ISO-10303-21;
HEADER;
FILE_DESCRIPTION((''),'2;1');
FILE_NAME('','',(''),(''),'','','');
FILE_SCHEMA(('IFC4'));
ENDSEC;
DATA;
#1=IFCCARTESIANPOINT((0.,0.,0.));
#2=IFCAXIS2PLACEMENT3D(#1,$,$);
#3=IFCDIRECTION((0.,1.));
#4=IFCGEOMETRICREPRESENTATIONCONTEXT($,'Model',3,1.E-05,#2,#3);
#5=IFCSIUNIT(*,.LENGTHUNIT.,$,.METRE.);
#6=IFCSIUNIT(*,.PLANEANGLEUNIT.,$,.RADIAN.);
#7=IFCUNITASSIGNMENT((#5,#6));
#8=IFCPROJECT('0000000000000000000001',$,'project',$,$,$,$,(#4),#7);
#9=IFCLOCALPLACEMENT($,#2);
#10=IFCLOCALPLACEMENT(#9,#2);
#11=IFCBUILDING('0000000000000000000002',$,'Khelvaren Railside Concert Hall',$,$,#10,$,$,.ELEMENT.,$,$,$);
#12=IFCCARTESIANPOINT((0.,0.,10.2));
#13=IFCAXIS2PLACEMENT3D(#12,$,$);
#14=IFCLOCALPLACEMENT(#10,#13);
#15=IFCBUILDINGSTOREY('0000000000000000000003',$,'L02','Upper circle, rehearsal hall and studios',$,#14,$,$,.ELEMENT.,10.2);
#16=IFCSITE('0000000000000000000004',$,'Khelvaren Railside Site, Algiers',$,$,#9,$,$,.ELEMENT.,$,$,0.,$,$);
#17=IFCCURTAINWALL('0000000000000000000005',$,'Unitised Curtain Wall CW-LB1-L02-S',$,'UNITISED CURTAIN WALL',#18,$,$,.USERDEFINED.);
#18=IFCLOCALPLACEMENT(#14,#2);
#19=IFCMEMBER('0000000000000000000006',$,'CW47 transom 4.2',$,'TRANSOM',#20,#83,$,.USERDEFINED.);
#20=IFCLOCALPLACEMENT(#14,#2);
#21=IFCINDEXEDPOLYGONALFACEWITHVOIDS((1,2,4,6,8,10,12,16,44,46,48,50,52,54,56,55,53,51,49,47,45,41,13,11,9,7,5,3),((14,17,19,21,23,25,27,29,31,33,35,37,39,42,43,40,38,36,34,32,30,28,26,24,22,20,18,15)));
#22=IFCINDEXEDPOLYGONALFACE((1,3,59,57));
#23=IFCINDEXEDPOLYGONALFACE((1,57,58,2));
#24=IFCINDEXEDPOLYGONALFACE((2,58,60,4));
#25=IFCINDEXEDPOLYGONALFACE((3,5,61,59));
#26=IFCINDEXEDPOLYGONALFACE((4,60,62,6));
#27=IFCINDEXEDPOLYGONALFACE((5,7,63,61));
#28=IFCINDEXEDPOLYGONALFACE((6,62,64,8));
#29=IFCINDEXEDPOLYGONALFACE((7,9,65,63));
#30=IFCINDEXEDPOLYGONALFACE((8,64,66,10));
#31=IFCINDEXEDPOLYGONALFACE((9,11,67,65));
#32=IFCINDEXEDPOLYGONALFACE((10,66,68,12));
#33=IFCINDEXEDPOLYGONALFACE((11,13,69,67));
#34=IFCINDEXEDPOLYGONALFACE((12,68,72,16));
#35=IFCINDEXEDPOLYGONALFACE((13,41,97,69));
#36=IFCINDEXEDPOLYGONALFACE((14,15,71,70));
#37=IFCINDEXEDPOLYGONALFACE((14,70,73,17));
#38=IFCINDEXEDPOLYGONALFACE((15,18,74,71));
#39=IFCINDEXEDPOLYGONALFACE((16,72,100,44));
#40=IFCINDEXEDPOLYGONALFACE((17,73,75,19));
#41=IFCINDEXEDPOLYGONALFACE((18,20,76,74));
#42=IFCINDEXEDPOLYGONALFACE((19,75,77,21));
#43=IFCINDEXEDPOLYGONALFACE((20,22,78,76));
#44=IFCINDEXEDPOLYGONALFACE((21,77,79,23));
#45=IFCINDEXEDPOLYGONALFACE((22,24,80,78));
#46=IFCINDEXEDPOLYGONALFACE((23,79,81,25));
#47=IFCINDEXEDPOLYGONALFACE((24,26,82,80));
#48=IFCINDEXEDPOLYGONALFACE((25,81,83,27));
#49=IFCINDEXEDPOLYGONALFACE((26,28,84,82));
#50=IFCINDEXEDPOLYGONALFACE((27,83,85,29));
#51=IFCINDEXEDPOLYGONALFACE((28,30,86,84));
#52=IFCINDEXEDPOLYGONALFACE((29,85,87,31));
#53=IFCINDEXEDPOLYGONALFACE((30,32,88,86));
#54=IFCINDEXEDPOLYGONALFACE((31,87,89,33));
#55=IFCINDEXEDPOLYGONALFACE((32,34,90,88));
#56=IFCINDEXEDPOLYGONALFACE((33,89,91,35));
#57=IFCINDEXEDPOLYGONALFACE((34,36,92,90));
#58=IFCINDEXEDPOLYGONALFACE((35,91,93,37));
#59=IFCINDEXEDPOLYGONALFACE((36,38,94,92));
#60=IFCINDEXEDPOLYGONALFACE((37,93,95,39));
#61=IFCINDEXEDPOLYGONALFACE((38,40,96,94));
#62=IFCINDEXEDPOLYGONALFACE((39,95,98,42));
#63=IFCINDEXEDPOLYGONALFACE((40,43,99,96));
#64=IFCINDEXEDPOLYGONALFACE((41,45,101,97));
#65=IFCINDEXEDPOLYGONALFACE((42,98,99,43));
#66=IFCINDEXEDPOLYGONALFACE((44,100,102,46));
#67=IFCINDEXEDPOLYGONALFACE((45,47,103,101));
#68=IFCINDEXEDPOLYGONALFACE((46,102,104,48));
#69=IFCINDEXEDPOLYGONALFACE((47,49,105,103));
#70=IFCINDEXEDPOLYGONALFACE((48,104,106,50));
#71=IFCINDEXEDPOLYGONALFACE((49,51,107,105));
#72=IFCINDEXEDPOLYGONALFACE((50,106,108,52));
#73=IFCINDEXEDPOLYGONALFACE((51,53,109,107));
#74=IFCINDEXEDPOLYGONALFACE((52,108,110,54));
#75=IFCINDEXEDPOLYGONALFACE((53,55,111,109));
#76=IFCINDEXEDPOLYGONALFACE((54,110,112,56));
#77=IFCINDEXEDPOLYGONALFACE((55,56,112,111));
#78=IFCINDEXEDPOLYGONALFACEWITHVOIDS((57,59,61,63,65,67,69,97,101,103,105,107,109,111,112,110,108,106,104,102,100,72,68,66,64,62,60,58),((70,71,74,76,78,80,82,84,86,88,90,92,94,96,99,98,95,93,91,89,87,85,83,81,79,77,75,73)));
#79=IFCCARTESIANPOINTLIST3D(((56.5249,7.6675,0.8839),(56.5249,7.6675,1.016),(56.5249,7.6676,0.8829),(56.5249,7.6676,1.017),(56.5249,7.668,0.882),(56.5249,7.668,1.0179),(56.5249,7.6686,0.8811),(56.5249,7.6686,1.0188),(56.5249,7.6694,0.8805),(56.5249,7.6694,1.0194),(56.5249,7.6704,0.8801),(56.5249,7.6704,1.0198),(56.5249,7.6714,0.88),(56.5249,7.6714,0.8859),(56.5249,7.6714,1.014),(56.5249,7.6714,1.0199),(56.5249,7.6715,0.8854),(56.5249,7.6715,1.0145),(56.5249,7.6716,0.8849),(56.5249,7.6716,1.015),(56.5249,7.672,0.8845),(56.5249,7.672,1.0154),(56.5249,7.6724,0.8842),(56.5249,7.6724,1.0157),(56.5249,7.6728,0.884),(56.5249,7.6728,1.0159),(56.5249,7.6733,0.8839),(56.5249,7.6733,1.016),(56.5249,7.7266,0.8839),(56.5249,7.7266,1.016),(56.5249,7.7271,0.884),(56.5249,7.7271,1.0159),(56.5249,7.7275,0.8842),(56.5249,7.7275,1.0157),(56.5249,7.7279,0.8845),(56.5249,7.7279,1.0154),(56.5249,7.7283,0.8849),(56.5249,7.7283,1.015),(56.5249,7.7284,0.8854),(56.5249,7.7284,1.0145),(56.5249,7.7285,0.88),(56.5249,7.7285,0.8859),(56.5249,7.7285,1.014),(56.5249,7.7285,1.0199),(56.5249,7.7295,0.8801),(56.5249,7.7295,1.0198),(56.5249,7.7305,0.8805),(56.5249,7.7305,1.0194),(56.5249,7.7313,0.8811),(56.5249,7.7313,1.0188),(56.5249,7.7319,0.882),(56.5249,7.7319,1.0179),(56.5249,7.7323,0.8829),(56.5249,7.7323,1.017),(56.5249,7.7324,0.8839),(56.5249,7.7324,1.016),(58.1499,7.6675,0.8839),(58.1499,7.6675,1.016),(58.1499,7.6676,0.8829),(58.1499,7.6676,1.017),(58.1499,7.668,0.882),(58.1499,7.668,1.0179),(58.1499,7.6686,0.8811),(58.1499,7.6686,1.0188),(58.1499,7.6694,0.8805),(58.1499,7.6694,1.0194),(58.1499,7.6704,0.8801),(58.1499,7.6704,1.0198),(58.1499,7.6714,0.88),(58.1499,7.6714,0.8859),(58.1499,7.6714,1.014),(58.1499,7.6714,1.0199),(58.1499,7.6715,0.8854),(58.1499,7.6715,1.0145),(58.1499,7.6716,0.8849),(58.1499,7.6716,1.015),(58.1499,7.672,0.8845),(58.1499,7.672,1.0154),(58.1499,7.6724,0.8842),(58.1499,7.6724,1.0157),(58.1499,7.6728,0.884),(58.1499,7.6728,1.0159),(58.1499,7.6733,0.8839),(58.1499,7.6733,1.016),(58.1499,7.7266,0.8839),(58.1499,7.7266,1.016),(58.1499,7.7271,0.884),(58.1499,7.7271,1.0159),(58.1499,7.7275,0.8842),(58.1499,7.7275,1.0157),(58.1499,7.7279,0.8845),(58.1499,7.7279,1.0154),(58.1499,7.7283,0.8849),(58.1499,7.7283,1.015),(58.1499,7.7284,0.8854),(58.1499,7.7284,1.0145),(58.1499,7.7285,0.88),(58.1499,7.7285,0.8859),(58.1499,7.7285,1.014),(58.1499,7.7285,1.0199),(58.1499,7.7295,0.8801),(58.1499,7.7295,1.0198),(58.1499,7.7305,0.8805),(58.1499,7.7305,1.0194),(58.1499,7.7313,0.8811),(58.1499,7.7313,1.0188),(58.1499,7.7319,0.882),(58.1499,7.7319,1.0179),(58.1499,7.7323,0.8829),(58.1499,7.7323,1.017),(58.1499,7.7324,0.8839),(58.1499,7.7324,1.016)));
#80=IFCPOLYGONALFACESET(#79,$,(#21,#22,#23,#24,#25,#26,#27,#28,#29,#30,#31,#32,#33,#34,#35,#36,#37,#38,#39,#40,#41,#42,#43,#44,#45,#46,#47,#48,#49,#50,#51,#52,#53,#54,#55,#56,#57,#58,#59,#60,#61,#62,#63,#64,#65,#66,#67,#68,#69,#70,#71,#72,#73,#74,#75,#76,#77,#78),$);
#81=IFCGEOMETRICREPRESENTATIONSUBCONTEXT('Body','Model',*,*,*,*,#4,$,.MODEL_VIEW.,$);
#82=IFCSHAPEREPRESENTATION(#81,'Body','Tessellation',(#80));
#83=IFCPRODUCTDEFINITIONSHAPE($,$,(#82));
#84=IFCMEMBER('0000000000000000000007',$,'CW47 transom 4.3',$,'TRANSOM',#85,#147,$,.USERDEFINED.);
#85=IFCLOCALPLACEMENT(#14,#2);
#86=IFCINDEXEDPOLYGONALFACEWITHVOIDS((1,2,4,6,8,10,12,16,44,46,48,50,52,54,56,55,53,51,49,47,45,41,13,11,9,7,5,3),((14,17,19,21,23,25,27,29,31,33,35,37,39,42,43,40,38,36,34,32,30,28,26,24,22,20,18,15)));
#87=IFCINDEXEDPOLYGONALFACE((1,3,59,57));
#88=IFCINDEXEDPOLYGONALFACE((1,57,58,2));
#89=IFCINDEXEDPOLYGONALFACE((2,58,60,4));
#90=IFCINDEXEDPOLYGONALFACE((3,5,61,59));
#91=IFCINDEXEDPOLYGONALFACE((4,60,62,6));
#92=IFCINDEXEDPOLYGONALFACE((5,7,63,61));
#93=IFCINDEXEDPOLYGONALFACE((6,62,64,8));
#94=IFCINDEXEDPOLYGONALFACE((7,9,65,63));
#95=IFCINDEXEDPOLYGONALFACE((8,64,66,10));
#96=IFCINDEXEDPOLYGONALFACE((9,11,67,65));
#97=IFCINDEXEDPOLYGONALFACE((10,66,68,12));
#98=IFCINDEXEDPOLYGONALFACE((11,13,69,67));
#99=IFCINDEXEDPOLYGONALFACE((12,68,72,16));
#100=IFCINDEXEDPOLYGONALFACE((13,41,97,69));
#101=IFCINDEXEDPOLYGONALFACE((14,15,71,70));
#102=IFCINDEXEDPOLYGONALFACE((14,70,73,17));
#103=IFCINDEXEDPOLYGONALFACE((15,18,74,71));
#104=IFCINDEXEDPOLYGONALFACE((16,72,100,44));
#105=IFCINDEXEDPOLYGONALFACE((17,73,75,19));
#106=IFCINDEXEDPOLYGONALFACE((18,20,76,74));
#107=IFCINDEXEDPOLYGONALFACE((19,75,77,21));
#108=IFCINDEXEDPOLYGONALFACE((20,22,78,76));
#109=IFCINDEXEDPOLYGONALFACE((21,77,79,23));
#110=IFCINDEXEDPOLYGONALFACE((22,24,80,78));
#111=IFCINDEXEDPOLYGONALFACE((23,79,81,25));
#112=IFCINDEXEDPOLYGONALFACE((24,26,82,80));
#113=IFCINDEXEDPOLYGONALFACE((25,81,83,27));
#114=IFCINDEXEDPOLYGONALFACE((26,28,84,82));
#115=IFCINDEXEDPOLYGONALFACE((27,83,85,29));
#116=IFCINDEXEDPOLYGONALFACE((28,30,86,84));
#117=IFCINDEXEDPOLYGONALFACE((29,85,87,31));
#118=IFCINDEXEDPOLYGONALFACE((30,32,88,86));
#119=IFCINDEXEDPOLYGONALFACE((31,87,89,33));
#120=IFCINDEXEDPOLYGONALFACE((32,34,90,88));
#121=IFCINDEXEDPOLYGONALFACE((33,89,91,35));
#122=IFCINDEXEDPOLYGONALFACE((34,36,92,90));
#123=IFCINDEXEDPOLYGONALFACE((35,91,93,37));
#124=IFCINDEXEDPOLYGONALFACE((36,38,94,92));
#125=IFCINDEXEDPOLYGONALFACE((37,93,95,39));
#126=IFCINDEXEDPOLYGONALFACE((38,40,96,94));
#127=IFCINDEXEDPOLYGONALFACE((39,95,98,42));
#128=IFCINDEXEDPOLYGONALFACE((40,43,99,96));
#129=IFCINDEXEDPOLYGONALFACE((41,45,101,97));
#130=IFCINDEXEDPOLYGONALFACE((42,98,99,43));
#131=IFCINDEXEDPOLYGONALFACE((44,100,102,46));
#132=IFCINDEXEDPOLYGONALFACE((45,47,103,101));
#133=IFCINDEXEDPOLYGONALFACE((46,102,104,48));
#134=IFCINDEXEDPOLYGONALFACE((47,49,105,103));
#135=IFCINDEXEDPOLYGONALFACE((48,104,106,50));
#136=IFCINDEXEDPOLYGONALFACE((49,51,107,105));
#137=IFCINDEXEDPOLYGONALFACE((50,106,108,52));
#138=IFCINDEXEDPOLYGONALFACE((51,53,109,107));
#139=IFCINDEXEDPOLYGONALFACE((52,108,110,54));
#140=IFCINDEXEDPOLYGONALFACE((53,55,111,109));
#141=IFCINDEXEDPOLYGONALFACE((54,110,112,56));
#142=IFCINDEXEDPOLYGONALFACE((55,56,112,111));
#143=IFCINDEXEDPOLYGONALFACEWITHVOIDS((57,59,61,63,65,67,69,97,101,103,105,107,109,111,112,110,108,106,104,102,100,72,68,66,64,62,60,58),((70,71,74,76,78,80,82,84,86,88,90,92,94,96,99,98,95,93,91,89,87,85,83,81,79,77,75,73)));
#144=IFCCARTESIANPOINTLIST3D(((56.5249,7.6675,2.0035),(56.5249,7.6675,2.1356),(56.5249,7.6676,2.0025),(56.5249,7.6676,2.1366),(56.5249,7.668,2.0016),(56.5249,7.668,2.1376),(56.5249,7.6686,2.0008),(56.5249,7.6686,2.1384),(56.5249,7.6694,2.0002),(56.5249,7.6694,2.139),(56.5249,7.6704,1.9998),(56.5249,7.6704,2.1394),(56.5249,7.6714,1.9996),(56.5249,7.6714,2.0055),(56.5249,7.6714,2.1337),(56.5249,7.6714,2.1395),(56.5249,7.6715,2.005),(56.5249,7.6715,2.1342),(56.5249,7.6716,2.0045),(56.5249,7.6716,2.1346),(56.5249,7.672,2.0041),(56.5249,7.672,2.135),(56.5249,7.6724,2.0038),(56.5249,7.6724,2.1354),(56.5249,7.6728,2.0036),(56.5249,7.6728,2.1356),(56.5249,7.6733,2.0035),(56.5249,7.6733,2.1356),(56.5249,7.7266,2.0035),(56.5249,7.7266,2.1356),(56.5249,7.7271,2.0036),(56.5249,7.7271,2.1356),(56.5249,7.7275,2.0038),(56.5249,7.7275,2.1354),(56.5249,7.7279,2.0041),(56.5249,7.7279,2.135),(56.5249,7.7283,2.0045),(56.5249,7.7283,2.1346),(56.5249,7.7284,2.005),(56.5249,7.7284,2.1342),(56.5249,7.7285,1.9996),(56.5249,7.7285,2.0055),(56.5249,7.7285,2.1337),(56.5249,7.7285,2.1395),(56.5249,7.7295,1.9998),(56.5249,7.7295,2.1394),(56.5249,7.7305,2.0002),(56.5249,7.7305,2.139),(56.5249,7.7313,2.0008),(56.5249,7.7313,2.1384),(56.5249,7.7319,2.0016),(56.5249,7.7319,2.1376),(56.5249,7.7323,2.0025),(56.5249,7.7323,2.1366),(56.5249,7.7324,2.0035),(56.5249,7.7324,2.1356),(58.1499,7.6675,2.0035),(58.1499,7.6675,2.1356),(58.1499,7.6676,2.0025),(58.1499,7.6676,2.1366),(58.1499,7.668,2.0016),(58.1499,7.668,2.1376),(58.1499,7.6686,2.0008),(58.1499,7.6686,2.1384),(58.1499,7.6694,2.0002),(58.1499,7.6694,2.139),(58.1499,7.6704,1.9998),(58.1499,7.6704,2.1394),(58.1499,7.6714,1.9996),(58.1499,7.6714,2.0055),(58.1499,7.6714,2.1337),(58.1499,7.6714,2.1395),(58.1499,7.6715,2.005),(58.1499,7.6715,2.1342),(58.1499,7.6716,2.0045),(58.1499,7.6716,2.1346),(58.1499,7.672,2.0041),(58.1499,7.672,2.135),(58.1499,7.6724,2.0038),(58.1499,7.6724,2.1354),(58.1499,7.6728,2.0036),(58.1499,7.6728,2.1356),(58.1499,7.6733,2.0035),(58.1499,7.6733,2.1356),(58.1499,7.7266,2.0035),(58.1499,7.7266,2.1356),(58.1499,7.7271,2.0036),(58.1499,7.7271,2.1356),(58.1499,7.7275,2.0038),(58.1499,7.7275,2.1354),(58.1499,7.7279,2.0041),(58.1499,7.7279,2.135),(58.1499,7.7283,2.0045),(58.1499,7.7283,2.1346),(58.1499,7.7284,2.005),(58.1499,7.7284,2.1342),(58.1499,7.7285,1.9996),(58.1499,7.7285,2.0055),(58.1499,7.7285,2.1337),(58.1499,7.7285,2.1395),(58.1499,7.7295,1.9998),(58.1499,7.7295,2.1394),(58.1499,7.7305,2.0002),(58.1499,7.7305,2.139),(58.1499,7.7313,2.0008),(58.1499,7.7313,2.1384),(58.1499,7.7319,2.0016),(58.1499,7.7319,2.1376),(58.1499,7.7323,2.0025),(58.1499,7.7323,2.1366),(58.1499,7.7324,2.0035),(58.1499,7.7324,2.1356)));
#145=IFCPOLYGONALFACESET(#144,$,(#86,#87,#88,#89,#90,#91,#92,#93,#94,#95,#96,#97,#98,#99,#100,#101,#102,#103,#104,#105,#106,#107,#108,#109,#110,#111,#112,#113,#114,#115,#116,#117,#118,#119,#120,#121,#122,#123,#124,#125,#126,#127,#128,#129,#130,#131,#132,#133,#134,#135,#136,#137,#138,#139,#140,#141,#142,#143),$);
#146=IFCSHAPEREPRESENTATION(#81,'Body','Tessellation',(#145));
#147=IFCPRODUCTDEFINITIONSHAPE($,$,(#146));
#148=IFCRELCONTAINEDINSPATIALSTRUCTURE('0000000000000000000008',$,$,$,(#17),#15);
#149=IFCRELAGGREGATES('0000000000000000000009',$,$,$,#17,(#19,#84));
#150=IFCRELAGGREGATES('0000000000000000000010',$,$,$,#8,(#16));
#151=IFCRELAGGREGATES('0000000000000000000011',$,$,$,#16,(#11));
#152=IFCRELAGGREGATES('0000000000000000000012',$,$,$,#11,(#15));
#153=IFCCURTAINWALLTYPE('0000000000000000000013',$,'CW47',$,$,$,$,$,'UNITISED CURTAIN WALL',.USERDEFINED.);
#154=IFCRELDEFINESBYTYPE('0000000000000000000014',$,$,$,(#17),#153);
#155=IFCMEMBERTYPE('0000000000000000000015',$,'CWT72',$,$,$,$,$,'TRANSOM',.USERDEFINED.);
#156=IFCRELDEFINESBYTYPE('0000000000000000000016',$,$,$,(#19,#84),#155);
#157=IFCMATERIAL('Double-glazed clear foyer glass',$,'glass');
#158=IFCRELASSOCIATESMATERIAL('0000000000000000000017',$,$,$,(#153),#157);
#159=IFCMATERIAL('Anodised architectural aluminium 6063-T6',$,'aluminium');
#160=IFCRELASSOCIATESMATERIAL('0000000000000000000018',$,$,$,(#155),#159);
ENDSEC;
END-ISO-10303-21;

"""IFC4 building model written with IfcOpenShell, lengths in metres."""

from ifc_helpers import new_model, si_unit, direction, frame, origin, origin_2d, place, context, subcontext, project, spatial, hollow_rectangle, extrude, material, material_profile, profile_set, type_object, element, aggregate, save


model = new_model("IFC4")

# Units and contexts
model_context = context("Model", 3, precision=1e-05, world=origin(), true_north=direction((0.0, 1.0)))
body_context = subcontext(model_context, "Body", "Model", "MODEL_VIEW")
ifc_project = project(units=[si_unit("LENGTHUNIT", "METRE"), si_unit("PLANEANGLEUNIT", "RADIAN")], contexts=[model_context])

# Site, building, storey
site_placement = place(None, origin())
site = spatial("IfcSite", under=ifc_project, at=site_placement, Name="Khelvaren Railside Site, Algiers", CompositionType="ELEMENT", RefElevation=0.0)
building_placement = place(site_placement, origin())
building = spatial("IfcBuilding", under=site, at=building_placement, Name="Khelvaren Railside Concert Hall", CompositionType="ELEMENT")
storey_placement = place(building_placement, frame((0.0, 0.0, 10.2)))
storey = spatial("IfcBuildingStorey", under=building, at=storey_placement, Name="L02", Description="Upper circle, rehearsal hall and studios", CompositionType="ELEMENT", Elevation=10.2)

# Shared definitions
ifc_material_1 = material(Name="Double-glazed clear foyer glass", Category="glass")
ifc_material_2 = material(Name="Anodised architectural aluminium 6063-T6", Category="aluminium")

# Curtain wall
curtain_wall_type_1 = type_object("IfcCurtainWallType", Name="CW47", ElementType="UNITISED CURTAIN WALL", PredefinedType="USERDEFINED", material=ifc_material_1)
curtain_wall_1_placement = place(storey_placement, origin())
curtain_wall_1 = element("IfcCurtainWall", 1, at=curtain_wall_1_placement, inside=storey, type_object=curtain_wall_type_1, Name="Unitised Curtain Wall CW-LB1-L02-S", ObjectType="UNITISED CURTAIN WALL", PredefinedType="USERDEFINED")

# Members
ifc_material_profile_1 = material_profile(ifc_material_2, hollow_rectangle(XDim=0.0649, YDim=0.1399, WallThickness=0.0039, InnerFilletRadius=0.002, OuterFilletRadius=0.0039, at=origin_2d()), Name="CWT 65x140x4")
ifc_profile_set_1 = profile_set([ifc_material_profile_1], Name="Anodised architectural aluminium 6063-T6")
member_type_1 = type_object("IfcMemberType", Name="CWT72", ElementType="TRANSOM", PredefinedType="USERDEFINED", material=ifc_profile_set_1)
member_1_placement = place(storey_placement, frame((58.1499, 7.7, 0.95), z_axis=(-1.0, 0.0, 0.0), x_axis=(0.0, -1.0, 0.0)))
member_1 = element("IfcMember", 2, at=member_1_placement, type_object=member_type_1, Name="CW47 transom 4.2", ObjectType="TRANSOM", PredefinedType="USERDEFINED", context=body_context, shape_type="SweptSolid", body=[
    extrude(hollow_rectangle(XDim=0.0649, YDim=0.1399, WallThickness=0.0039, InnerFilletRadius=0.002, OuterFilletRadius=0.0039, at=origin_2d()), origin(), (0.0, 0.0, 1.0), 1.625),
])
member_2_placement = place(storey_placement, frame((58.1499, 7.7, 2.0696), z_axis=(-1.0, 0.0, 0.0), x_axis=(0.0, -1.0, 0.0)))
member_2 = element("IfcMember", 3, at=member_2_placement, type_object=member_type_1, Name="CW47 transom 4.3", ObjectType="TRANSOM", PredefinedType="USERDEFINED", context=body_context, shape_type="SweptSolid", body=[
    extrude(hollow_rectangle(XDim=0.0649, YDim=0.1399, WallThickness=0.0039, InnerFilletRadius=0.002, OuterFilletRadius=0.0039, at=origin_2d()), origin(), (0.0, 0.0, 1.0), 1.625),
])

aggregate(curtain_wall_1, [member_1, member_2])

save(model, "model.ifc")
